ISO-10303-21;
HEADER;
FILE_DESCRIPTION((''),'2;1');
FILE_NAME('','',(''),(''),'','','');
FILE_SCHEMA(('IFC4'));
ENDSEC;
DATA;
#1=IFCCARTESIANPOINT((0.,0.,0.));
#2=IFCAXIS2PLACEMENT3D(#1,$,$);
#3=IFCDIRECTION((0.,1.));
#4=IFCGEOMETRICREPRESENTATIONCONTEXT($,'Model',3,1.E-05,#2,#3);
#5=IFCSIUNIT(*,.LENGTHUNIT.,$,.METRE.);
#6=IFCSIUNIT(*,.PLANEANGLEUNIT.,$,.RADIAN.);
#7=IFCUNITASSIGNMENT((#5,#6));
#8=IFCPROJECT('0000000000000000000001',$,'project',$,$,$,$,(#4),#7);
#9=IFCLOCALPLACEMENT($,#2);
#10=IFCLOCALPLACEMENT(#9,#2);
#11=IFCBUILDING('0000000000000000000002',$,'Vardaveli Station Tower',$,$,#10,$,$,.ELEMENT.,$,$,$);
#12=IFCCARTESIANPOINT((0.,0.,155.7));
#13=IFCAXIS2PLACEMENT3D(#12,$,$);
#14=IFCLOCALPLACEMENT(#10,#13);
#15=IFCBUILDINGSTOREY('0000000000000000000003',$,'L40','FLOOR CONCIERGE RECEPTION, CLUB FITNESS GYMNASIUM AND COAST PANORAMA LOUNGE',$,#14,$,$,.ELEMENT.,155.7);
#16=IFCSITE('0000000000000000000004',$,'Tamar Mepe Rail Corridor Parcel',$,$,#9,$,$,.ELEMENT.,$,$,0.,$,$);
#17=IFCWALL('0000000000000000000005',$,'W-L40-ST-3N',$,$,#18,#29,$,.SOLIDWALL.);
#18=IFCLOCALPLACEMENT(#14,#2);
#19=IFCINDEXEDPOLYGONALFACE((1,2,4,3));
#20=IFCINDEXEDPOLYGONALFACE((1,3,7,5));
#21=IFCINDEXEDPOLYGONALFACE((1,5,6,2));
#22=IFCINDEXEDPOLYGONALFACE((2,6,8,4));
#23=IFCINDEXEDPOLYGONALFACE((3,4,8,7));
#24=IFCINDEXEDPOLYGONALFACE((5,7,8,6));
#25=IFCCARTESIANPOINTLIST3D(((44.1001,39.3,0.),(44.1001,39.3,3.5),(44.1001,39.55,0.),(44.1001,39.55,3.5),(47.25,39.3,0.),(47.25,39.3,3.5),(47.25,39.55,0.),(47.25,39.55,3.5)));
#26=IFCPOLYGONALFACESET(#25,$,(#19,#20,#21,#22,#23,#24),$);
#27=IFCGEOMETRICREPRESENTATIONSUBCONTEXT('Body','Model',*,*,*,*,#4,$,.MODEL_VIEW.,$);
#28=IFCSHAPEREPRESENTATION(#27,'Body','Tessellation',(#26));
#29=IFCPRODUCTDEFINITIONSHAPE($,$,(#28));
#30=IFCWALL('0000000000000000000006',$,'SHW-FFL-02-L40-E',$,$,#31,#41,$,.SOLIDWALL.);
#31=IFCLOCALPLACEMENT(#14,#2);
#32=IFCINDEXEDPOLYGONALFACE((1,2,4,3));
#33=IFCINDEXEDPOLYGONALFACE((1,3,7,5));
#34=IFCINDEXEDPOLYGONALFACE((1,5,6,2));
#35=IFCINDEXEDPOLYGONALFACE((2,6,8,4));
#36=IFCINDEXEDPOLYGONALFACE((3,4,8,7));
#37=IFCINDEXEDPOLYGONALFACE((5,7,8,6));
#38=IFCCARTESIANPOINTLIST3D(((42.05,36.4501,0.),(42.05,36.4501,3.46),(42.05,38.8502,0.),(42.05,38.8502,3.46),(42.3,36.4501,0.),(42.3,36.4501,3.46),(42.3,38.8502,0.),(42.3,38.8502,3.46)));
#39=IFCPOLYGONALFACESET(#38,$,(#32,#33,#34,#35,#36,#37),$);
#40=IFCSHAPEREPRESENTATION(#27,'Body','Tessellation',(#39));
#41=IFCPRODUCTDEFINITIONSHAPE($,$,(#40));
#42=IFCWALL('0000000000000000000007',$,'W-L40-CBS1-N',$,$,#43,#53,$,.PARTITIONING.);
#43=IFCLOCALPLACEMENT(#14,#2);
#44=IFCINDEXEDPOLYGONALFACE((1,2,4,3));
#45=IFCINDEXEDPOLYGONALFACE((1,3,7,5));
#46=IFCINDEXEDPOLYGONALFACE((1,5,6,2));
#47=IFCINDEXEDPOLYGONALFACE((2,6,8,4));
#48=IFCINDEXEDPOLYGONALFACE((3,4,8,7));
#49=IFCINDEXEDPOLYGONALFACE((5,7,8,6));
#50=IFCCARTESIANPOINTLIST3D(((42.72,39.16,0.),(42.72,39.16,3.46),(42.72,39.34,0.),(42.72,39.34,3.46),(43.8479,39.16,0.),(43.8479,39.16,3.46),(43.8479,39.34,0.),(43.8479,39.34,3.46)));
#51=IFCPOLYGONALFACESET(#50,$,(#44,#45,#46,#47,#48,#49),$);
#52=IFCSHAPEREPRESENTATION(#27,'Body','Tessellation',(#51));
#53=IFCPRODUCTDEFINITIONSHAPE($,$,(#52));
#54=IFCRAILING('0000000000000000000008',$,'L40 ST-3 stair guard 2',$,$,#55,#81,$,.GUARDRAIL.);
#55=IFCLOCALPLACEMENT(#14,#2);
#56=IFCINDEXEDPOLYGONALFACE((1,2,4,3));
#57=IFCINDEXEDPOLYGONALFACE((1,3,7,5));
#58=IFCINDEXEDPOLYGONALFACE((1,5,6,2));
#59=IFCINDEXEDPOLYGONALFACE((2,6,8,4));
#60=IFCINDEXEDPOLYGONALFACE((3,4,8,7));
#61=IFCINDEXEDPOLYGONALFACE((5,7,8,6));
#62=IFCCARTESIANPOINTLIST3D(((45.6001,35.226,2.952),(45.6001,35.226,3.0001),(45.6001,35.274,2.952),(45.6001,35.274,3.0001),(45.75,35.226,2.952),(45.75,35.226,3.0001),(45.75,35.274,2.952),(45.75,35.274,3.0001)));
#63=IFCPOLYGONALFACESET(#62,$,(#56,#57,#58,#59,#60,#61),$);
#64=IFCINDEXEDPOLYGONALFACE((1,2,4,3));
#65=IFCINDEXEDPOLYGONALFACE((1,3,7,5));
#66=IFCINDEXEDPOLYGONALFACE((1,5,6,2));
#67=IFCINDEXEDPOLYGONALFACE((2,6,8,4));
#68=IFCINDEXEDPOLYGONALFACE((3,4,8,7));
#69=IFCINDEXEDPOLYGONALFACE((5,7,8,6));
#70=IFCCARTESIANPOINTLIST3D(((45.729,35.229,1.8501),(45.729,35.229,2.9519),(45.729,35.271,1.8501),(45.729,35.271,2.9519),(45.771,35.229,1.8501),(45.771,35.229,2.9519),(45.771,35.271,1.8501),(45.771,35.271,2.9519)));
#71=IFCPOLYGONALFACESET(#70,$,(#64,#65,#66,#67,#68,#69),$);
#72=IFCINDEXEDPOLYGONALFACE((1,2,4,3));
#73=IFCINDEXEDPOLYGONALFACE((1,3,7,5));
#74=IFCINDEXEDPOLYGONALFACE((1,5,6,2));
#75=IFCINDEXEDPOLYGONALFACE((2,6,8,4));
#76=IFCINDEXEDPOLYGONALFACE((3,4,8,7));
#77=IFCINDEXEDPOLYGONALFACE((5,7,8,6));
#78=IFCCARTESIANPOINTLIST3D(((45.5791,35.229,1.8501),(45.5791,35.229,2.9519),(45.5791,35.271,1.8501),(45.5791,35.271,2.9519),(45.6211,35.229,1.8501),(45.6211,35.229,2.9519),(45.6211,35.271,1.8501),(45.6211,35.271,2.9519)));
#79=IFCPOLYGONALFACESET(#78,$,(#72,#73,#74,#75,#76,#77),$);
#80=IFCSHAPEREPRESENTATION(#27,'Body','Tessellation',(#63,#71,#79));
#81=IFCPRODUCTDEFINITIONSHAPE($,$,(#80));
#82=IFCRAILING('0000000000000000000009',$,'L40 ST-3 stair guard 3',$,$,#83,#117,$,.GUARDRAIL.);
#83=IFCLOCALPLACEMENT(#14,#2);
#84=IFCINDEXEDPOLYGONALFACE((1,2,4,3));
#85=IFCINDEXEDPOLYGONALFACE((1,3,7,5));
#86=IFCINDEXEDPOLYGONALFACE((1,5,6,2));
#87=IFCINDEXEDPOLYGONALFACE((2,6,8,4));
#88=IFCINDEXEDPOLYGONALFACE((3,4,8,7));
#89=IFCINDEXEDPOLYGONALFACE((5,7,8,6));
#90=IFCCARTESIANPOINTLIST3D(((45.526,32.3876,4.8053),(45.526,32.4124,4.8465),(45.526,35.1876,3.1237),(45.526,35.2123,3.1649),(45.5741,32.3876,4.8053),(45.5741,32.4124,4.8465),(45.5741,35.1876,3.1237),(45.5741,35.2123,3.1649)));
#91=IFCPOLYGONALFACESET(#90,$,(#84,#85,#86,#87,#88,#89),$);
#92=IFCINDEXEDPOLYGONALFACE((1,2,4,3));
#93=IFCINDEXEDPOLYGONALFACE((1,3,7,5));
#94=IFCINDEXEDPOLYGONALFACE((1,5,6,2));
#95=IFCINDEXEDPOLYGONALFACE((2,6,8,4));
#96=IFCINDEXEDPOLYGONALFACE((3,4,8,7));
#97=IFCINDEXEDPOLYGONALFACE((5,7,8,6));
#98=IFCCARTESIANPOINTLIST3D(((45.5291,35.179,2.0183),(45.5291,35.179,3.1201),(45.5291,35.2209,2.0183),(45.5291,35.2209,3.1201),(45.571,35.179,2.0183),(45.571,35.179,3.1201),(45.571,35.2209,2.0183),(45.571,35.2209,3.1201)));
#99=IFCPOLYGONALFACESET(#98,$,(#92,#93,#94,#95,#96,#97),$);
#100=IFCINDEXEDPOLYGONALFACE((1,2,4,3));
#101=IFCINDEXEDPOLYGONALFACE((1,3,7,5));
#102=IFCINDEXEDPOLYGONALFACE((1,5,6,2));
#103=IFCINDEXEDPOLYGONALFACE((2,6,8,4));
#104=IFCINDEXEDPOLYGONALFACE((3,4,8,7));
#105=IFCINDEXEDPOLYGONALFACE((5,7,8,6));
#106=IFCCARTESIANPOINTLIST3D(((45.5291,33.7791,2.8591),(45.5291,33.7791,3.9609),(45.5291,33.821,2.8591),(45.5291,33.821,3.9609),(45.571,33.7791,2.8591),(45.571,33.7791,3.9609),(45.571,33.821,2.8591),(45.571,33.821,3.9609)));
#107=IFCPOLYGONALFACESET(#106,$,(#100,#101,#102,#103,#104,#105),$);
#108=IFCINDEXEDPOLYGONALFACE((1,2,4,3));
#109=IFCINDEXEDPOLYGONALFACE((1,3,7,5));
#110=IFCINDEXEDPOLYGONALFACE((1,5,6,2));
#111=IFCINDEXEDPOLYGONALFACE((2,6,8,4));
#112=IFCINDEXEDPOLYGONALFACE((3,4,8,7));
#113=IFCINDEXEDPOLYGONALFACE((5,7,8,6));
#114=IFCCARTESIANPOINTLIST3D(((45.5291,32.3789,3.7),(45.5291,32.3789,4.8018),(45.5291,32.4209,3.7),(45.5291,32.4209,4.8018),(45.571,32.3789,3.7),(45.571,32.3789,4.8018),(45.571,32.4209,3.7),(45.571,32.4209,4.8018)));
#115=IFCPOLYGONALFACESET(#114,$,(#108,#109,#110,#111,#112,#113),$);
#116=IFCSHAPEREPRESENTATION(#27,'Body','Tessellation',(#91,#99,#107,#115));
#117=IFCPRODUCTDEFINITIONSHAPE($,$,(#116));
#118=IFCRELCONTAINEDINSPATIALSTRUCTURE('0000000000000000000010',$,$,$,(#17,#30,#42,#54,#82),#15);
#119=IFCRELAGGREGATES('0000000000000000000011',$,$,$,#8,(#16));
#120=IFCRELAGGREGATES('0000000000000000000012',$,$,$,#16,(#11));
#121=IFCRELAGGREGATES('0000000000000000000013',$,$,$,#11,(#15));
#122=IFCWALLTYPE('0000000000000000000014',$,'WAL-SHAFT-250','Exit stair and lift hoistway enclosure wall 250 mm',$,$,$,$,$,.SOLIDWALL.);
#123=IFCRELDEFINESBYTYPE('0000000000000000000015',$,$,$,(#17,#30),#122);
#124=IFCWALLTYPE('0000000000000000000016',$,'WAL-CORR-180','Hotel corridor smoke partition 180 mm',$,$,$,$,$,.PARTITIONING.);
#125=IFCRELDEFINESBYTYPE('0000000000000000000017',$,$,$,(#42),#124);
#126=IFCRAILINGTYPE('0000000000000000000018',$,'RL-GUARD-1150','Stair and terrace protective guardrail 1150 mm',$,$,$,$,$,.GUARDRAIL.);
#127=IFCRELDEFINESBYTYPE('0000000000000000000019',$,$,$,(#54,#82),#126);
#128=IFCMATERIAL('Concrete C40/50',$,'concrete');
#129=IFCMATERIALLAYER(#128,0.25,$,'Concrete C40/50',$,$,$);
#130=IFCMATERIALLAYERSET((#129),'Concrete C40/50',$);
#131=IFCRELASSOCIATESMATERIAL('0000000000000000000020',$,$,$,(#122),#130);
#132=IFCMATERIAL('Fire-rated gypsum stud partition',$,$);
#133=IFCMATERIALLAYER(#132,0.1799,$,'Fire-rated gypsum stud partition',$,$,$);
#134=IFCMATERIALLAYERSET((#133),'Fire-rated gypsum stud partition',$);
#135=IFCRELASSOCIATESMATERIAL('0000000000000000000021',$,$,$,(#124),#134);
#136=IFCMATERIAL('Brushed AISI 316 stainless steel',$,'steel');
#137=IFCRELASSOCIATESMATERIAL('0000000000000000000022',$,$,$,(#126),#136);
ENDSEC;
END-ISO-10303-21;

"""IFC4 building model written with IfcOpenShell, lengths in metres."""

from ifc_helpers import new_model, si_unit, direction, frame, frame_2d, origin, origin_2d, place, context, subcontext, project, spatial, rectangle, extrude, source, transform, mapped, material, layer, layer_set, type_object, element, save


model = new_model("IFC4")

# Units and contexts
model_context = context("Model", 3, precision=1e-05, world=origin(), true_north=direction((0.0, 1.0)))
body_context = subcontext(model_context, "Body", "Model", "MODEL_VIEW")
ifc_project = project(units=[si_unit("LENGTHUNIT", "METRE"), si_unit("PLANEANGLEUNIT", "RADIAN")], contexts=[model_context])

# Site, building, storey
site_placement = place(None, origin())
site = spatial("IfcSite", under=ifc_project, at=site_placement, Name="Tamar Mepe Rail Corridor Parcel", CompositionType="ELEMENT", RefElevation=0.0)
building_placement = place(site_placement, origin())
building = spatial("IfcBuilding", under=site, at=building_placement, Name="Vardaveli Station Tower", CompositionType="ELEMENT")
storey_placement = place(building_placement, frame((0.0, 0.0, 155.7)))
storey = spatial("IfcBuildingStorey", under=building, at=storey_placement, Name="L40", Description="FLOOR CONCIERGE RECEPTION, CLUB FITNESS GYMNASIUM AND COAST PANORAMA LOUNGE", CompositionType="ELEMENT", Elevation=155.7)

# Walls
ifc_material_1 = material(Name="Concrete C40/50", Category="concrete")
ifc_layer_1 = layer(ifc_material_1, 0.25, Name="Concrete C40/50")
ifc_layer_set_1 = layer_set([ifc_layer_1], Name="Concrete C40/50")
wall_type_1 = type_object("IfcWallType", Name="WAL-SHAFT-250", Description="Exit stair and lift hoistway enclosure wall 250 mm", PredefinedType="SOLIDWALL", material=ifc_layer_set_1)
shared_shape_1 = source(origin(), body_context, "Body", "SweptSolid", [
    extrude(rectangle(XDim=3.1499, YDim=0.25, at=frame_2d((1.575, 0.0))), origin(), (0.0, 0.0, 1.0), 3.5),
])
wall_1_placement = place(storey_placement, frame((44.1001, 39.425, 0.0), z_axis=(0.0, 0.0, 1.0), x_axis=(1.0, 0.0, 0.0)))
element("IfcWall", 1, at=wall_1_placement, inside=storey, type_object=wall_type_1, Name="W-L40-ST-3N", PredefinedType="SOLIDWALL", context=body_context, shape_type="MappedRepresentation", body=[
    mapped(shared_shape_1, transform((0.0, 0.0, 0.0), scale=1.0)),
])
shared_shape_2 = source(origin(), body_context, "Body", "SweptSolid", [
    extrude(rectangle(XDim=2.4001, YDim=0.25, at=frame_2d((1.2002, 0.0))), origin(), (0.0, 0.0, 1.0), 3.46),
])
wall_2_placement = place(storey_placement, frame((42.175, 36.45, 0.0), z_axis=(0.0, 0.0, 1.0), x_axis=(0.0, 1.0, 0.0)))
element("IfcWall", 2, at=wall_2_placement, inside=storey, type_object=wall_type_1, Name="SHW-FFL-02-L40-E", PredefinedType="SOLIDWALL", context=body_context, shape_type="MappedRepresentation", body=[
    mapped(shared_shape_2, transform((0.0, 0.0, 0.0), scale=1.0)),
])
ifc_material_2 = material(Name="Fire-rated gypsum stud partition")
ifc_layer_2 = layer(ifc_material_2, 0.1799, Name="Fire-rated gypsum stud partition")
ifc_layer_set_2 = layer_set([ifc_layer_2], Name="Fire-rated gypsum stud partition")
wall_type_2 = type_object("IfcWallType", Name="WAL-CORR-180", Description="Hotel corridor smoke partition 180 mm", PredefinedType="PARTITIONING", material=ifc_layer_set_2)
shared_shape_3 = source(origin(), body_context, "Body", "SweptSolid", [
    extrude(rectangle(XDim=1.1279, YDim=0.1799, at=frame_2d((0.564, 0.0))), origin(), (0.0, 0.0, 1.0), 3.46),
])
wall_3_placement = place(storey_placement, frame((42.72, 39.25, 0.0), z_axis=(0.0, 0.0, 1.0), x_axis=(1.0, 0.0, 0.0)))
element("IfcWall", 3, at=wall_3_placement, inside=storey, type_object=wall_type_2, Name="W-L40-CBS1-N", PredefinedType="PARTITIONING", context=body_context, shape_type="MappedRepresentation", body=[
    mapped(shared_shape_3, transform((0.0, 0.0, 0.0), scale=1.0)),
])

# Railings
ifc_material_3 = material(Name="Brushed AISI 316 stainless steel", Category="steel")
railing_type = type_object("IfcRailingType", Name="RL-GUARD-1150", Description="Stair and terrace protective guardrail 1150 mm", PredefinedType="GUARDRAIL", material=ifc_material_3)
shared_shape_4 = source(origin(), body_context, "Body", "SweptSolid", [
    extrude(rectangle(XDim=0.0481, YDim=0.0481, at=origin_2d()), frame((0.0, 0.0, 1.126), z_axis=(-1.0, 0.0, 0.0), x_axis=(0.0, -1.0, 0.0)), (0.0, 0.0, 1.0), 0.1499),
    extrude(rectangle(XDim=0.042, YDim=0.042, at=origin_2d()), origin(), (0.0, 0.0, 1.0), 1.1018),
    extrude(rectangle(XDim=0.042, YDim=0.042, at=origin_2d()), frame((-0.1499, 0.0, 0.0)), (0.0, 0.0, 1.0), 1.1018),
])
railing_1_placement = place(storey_placement, frame((45.75, 35.25, 1.8501)))
element("IfcRailing", 4, at=railing_1_placement, inside=storey, type_object=railing_type, Name="L40 ST-3 stair guard 2", PredefinedType="GUARDRAIL", context=body_context, shape_type="MappedRepresentation", body=[
    mapped(shared_shape_4, transform((0.0, 0.0, 0.0), scale=1.0)),
])
shared_shape_5 = source(origin(), body_context, "Body", "SweptSolid", [
    extrude(rectangle(XDim=0.0481, YDim=0.0481, at=origin_2d()), frame((0.0, 0.0, 1.126), z_axis=(0.0, -0.857275, 0.514858), x_axis=(1.0, 0.0, 0.0)), (0.0, 0.0, 1.0), 3.2661),
    extrude(rectangle(XDim=0.042, YDim=0.042, at=origin_2d()), origin(), (0.0, 0.0, 1.0), 1.1018),
    extrude(rectangle(XDim=0.042, YDim=0.042, at=origin_2d()), frame((0.0, -1.3999, 0.8408)), (0.0, 0.0, 1.0), 1.1018),
    extrude(rectangle(XDim=0.042, YDim=0.042, at=origin_2d()), frame((0.0, -2.8, 1.6816)), (0.0, 0.0, 1.0), 1.1018),
])
railing_2_placement = place(storey_placement, frame((45.55, 35.2, 2.0183)))
element("IfcRailing", 5, at=railing_2_placement, inside=storey, type_object=railing_type, Name="L40 ST-3 stair guard 3", PredefinedType="GUARDRAIL", context=body_context, shape_type="MappedRepresentation", body=[
    mapped(shared_shape_5, transform((0.0, 0.0, 0.0), scale=1.0)),
])

save(model, "model.ifc")
